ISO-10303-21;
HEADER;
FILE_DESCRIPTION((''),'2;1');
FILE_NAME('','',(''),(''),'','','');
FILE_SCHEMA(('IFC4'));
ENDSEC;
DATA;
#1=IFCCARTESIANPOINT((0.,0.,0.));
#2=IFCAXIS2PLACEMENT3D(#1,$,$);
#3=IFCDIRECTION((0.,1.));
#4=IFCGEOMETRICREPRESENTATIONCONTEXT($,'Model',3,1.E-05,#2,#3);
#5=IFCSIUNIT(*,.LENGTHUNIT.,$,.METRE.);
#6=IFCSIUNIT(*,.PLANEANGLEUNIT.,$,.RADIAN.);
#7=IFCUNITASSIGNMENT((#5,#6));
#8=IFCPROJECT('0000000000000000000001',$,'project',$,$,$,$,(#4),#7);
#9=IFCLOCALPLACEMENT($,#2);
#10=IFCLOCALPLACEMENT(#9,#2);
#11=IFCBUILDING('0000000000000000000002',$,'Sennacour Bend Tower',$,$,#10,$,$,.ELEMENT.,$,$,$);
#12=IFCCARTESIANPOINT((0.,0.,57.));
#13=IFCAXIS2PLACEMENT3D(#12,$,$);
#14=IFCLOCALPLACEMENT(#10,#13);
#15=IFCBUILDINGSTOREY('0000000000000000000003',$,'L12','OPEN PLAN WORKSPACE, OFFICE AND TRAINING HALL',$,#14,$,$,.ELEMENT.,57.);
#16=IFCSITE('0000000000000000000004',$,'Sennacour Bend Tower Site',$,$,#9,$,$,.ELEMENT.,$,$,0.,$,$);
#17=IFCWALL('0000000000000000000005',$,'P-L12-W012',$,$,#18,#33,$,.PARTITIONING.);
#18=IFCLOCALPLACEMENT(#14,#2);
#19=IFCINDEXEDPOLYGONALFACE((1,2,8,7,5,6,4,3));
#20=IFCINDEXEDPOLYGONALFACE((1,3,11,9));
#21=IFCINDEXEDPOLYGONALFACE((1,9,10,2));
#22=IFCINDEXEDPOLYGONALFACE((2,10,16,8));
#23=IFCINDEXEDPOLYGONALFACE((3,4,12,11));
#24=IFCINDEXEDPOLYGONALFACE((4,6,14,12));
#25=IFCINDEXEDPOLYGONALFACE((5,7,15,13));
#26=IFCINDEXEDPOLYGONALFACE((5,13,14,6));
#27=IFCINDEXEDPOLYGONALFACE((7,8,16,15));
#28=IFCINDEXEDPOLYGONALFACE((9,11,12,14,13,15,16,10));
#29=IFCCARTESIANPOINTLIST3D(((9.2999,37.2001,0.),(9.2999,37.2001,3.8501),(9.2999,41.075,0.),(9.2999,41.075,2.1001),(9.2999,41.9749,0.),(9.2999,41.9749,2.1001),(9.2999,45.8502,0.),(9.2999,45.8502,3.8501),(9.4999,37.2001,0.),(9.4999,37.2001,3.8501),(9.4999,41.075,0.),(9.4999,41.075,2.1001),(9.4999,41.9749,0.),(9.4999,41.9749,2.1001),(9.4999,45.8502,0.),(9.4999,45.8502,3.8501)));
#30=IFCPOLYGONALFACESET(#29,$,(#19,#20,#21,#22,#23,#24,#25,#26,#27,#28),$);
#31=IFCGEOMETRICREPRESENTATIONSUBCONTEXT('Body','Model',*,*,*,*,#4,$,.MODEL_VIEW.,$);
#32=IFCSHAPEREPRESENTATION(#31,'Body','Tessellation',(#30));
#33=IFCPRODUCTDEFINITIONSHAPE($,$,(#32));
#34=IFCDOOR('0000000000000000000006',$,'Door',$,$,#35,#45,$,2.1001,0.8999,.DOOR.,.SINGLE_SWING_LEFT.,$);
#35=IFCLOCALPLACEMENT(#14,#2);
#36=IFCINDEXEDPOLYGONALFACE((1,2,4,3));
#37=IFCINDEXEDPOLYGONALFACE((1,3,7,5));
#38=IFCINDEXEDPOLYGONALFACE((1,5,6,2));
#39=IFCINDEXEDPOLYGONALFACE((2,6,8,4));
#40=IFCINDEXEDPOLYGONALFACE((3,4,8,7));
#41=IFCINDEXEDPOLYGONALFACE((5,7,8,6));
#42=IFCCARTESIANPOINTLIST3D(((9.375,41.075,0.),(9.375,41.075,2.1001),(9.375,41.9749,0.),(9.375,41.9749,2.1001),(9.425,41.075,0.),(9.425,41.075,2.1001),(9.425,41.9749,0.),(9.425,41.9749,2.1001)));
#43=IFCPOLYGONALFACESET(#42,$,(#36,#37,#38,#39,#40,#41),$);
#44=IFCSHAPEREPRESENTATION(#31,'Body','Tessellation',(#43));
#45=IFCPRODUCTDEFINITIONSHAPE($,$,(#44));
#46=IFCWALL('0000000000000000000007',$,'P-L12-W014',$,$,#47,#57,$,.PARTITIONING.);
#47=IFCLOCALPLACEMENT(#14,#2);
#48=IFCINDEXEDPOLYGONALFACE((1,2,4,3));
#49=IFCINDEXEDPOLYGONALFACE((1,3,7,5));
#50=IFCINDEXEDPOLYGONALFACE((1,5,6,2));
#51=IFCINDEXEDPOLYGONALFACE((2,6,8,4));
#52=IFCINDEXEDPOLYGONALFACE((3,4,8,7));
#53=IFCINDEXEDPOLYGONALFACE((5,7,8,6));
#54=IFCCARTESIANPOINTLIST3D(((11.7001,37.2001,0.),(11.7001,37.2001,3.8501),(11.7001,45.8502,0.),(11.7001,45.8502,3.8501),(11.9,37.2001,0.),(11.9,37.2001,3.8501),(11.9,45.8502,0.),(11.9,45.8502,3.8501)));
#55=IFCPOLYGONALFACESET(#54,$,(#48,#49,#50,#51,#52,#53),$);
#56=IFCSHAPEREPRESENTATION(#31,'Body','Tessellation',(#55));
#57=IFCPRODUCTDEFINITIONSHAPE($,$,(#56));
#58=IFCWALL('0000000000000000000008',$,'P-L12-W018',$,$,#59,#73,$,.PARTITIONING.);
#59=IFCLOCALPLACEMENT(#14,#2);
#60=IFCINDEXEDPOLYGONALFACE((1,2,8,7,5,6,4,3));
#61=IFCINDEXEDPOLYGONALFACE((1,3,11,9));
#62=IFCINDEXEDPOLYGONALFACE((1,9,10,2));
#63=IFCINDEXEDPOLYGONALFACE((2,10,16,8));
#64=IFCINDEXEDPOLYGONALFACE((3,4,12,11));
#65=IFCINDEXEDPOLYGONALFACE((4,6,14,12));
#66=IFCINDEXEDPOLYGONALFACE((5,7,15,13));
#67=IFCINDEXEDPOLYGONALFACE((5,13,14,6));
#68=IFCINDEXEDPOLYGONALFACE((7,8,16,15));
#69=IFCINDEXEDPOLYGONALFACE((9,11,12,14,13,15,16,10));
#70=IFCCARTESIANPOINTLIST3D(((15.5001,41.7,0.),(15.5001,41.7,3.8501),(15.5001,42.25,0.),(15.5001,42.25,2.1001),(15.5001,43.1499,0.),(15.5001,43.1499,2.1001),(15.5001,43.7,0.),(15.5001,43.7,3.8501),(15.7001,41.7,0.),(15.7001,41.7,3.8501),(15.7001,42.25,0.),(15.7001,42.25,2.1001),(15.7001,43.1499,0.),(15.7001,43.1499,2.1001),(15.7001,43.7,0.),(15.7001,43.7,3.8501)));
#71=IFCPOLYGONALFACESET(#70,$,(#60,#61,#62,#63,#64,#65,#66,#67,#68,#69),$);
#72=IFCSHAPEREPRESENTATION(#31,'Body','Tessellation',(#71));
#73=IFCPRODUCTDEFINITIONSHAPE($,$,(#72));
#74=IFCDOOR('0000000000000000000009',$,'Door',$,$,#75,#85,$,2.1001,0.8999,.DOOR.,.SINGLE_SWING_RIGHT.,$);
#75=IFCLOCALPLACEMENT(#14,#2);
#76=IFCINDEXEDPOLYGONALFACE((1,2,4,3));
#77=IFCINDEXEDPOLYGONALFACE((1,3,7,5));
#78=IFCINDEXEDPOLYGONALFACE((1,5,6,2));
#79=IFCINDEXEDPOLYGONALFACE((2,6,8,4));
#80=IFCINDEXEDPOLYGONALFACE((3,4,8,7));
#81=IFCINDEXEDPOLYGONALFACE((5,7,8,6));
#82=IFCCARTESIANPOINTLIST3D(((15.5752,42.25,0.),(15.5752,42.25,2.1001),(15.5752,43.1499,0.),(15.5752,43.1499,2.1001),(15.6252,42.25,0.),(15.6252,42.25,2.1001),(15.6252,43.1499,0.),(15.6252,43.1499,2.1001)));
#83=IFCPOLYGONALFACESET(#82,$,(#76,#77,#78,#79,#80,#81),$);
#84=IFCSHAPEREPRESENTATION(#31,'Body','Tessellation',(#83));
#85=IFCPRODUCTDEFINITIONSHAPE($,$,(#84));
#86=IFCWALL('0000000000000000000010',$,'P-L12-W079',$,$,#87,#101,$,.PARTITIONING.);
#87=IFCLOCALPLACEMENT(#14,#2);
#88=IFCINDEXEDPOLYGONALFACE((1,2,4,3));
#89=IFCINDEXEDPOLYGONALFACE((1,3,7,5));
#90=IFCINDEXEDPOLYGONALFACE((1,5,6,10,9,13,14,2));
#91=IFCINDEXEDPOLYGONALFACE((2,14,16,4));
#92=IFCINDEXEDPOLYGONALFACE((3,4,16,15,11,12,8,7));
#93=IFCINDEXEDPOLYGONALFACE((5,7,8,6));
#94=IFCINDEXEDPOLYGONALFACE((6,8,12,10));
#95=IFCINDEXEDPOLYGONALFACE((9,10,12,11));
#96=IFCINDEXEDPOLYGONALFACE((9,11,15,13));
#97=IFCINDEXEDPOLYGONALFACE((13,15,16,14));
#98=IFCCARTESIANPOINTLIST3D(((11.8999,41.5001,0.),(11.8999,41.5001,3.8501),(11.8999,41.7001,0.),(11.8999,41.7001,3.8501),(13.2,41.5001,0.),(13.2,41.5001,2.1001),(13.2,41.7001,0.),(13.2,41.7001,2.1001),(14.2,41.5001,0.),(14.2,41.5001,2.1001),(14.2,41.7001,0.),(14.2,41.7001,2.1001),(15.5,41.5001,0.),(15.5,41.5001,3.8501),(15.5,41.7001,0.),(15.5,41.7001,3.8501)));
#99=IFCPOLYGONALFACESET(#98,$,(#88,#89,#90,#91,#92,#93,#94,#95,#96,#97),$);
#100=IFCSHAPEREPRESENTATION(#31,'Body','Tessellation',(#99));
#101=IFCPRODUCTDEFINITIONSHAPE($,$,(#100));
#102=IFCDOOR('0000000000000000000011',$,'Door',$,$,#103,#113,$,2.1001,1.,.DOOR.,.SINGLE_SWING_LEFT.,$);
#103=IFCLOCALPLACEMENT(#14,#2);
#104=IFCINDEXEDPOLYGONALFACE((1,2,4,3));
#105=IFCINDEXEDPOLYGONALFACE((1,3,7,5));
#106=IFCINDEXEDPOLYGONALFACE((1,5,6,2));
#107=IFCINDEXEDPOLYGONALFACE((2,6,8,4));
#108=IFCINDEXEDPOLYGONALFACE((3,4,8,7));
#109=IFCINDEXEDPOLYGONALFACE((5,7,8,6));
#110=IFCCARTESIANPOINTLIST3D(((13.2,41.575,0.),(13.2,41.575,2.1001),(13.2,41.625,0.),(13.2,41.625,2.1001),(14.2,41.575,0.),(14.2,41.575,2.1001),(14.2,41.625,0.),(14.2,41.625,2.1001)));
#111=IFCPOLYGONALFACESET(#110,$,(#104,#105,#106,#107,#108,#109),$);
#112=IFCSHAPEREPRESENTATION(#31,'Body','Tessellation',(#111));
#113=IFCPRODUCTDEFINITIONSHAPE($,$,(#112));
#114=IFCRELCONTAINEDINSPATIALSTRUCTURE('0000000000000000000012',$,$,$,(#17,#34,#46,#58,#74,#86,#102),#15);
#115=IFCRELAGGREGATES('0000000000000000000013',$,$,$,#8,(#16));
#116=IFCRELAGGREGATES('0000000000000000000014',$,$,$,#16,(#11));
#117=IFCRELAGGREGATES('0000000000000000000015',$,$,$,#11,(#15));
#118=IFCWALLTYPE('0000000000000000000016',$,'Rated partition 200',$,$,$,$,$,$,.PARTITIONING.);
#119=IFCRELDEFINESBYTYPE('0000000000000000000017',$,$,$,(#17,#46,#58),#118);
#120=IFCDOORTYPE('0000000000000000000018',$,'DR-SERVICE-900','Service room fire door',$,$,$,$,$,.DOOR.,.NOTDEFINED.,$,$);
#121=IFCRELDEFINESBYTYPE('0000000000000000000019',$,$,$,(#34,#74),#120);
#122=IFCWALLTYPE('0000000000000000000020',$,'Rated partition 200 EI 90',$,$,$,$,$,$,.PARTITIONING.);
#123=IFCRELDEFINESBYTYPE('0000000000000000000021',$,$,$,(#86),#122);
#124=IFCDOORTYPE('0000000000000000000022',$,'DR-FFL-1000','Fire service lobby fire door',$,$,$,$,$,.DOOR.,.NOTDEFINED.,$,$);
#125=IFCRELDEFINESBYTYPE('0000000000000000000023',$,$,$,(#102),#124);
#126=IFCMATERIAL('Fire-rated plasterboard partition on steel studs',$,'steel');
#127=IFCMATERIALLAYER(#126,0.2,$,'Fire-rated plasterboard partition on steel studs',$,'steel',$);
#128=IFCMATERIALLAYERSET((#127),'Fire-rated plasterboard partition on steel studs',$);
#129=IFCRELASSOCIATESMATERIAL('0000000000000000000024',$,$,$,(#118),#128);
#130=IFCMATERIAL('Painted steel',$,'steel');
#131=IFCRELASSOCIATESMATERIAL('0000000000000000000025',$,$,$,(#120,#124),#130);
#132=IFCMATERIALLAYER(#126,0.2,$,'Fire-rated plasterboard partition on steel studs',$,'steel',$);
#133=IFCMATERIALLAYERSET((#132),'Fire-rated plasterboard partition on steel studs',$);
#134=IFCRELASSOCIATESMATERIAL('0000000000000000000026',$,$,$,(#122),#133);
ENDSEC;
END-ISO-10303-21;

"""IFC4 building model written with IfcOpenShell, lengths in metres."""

from ifc_helpers import new_model, si_unit, direction, frame, frame_2d, origin, place, context, subcontext, project, spatial, rectangle, extrude, material, layer, layer_set, type_object, element, fill, save


model = new_model("IFC4")

# Units and contexts
model_context = context("Model", 3, precision=1e-05, world=origin(), true_north=direction((0.0, 1.0)))
body_context = subcontext(model_context, "Body", "Model", "MODEL_VIEW")
ifc_project = project(units=[si_unit("LENGTHUNIT", "METRE"), si_unit("PLANEANGLEUNIT", "RADIAN")], contexts=[model_context])

# Site, building, storey
site_placement = place(None, origin())
site = spatial("IfcSite", under=ifc_project, at=site_placement, Name="Sennacour Bend Tower Site", CompositionType="ELEMENT", RefElevation=0.0)
building_placement = place(site_placement, origin())
building = spatial("IfcBuilding", under=site, at=building_placement, Name="Sennacour Bend Tower", CompositionType="ELEMENT")
storey_placement = place(building_placement, frame((0.0, 0.0, 57.0)))
storey = spatial("IfcBuildingStorey", under=building, at=storey_placement, Name="L12", Description="OPEN PLAN WORKSPACE, OFFICE AND TRAINING HALL", CompositionType="ELEMENT", Elevation=57.0)

# Wall, opening, door
ifc_material_1 = material(Name="Fire-rated plasterboard partition on steel studs", Category="steel")
ifc_layer_1 = layer(ifc_material_1, 0.2, Name="Fire-rated plasterboard partition on steel studs", Category="steel")
ifc_layer_set_1 = layer_set([ifc_layer_1], Name="Fire-rated plasterboard partition on steel studs")
wall_type_1 = type_object("IfcWallType", Name="Rated partition 200", PredefinedType="PARTITIONING", material=ifc_layer_set_1)
wall_1_placement = place(storey_placement, frame((9.3999, 37.2, 0.0), z_axis=(0.0, 0.0, 1.0), x_axis=(0.0, 1.0, 0.0)))
wall_1 = element("IfcWall", 1, at=wall_1_placement, inside=storey, type_object=wall_type_1, Name="P-L12-W012", PredefinedType="PARTITIONING", context=body_context, shape_type="SweptSolid", body=[
    extrude(rectangle(XDim=8.6501, YDim=0.2, at=frame_2d((4.3252, 0.0))), origin(), (0.0, 0.0, 1.0), 3.8501),
])
opening_1_placement = place(wall_1_placement, frame((3.875, 0.0, 0.0)))
opening_1 = element("IfcOpeningElement", 2, at=opening_1_placement, cuts=wall_1, PredefinedType="OPENING", context=body_context, shape_type="SweptSolid", body=[
    extrude(rectangle(XDim=0.8999, YDim=2.1001, at=frame_2d((0.45, 1.05))), frame((0.0, 0.1099, 0.0), z_axis=(0.0, -1.0, 0.0), x_axis=(1.0, 0.0, 0.0)), (0.0, 0.0, 1.0), 0.22),
])
ifc_material_2 = material(Name="Painted steel", Category="steel")
door_type_1 = type_object("IfcDoorType", Name="DR-SERVICE-900", Description="Service room fire door", OperationType="NOTDEFINED", PredefinedType="DOOR", material=ifc_material_2)
door_1_placement = place(opening_1_placement, origin())
door_1 = element("IfcDoor", 3, at=door_1_placement, inside=storey, type_object=door_type_1, Name="Door", OperationType="SINGLE_SWING_LEFT", OverallHeight=2.1001, OverallWidth=0.8999, PredefinedType="DOOR", context=body_context, shape_type="SweptSolid", body=[
    extrude(rectangle(XDim=0.8999, YDim=2.1001, at=frame_2d((0.45, 1.05))), frame((0.0, 0.0249, 0.0), z_axis=(0.0, -1.0, 0.0), x_axis=(1.0, 0.0, 0.0)), (0.0, 0.0, 1.0), 0.05),
])
fill(opening_1, door_1)

# Wall
wall_2_placement = place(storey_placement, frame((11.8, 37.2, 0.0), z_axis=(0.0, 0.0, 1.0), x_axis=(0.0, 1.0, 0.0)))
element("IfcWall", 4, at=wall_2_placement, inside=storey, type_object=wall_type_1, Name="P-L12-W014", PredefinedType="PARTITIONING", context=body_context, shape_type="SweptSolid", body=[
    extrude(rectangle(XDim=8.6501, YDim=0.2, at=frame_2d((4.3252, 0.0))), origin(), (0.0, 0.0, 1.0), 3.8501),
])

# Walls, openings, doors
wall_3_placement = place(storey_placement, frame((15.6001, 41.7, 0.0), z_axis=(0.0, 0.0, 1.0), x_axis=(0.0, 1.0, 0.0)))
wall_3 = element("IfcWall", 5, at=wall_3_placement, inside=storey, type_object=wall_type_1, Name="P-L12-W018", PredefinedType="PARTITIONING", context=body_context, shape_type="SweptSolid", body=[
    extrude(rectangle(XDim=2.0, YDim=0.2, at=frame_2d((1.0, 0.0))), origin(), (0.0, 0.0, 1.0), 3.8501),
])
opening_2_placement = place(wall_3_placement, frame((0.55, 0.0, 0.0)))
opening_2 = element("IfcOpeningElement", 6, at=opening_2_placement, cuts=wall_3, PredefinedType="OPENING", context=body_context, shape_type="SweptSolid", body=[
    extrude(rectangle(XDim=0.8999, YDim=2.1001, at=frame_2d((0.45, 1.05))), frame((0.0, 0.1099, 0.0), z_axis=(0.0, -1.0, 0.0), x_axis=(1.0, 0.0, 0.0)), (0.0, 0.0, 1.0), 0.22),
])
door_2_placement = place(opening_2_placement, origin())
door_2 = element("IfcDoor", 7, at=door_2_placement, inside=storey, type_object=door_type_1, Name="Door", OperationType="SINGLE_SWING_RIGHT", OverallHeight=2.1001, OverallWidth=0.8999, PredefinedType="DOOR", context=body_context, shape_type="SweptSolid", body=[
    extrude(rectangle(XDim=0.8999, YDim=2.1001, at=frame_2d((0.45, 1.05))), frame((0.0, 0.0249, 0.0), z_axis=(0.0, -1.0, 0.0), x_axis=(1.0, 0.0, 0.0)), (0.0, 0.0, 1.0), 0.05),
])
fill(opening_2, door_2)
ifc_layer_2 = layer(ifc_material_1, 0.2, Name="Fire-rated plasterboard partition on steel studs", Category="steel")
ifc_layer_set_2 = layer_set([ifc_layer_2], Name="Fire-rated plasterboard partition on steel studs")
wall_type_2 = type_object("IfcWallType", Name="Rated partition 200 EI 90", PredefinedType="PARTITIONING", material=ifc_layer_set_2)
wall_4_placement = place(storey_placement, frame((11.8999, 41.6001, 0.0), z_axis=(0.0, 0.0, 1.0), x_axis=(1.0, 0.0, 0.0)))
wall_4 = element("IfcWall", 8, at=wall_4_placement, inside=storey, type_object=wall_type_2, Name="P-L12-W079", PredefinedType="PARTITIONING", context=body_context, shape_type="SweptSolid", body=[
    extrude(rectangle(XDim=3.6001, YDim=0.2, at=frame_2d((1.8, 0.0))), origin(), (0.0, 0.0, 1.0), 3.8501),
])
opening_3_placement = place(wall_4_placement, frame((1.3, 0.0, 0.0)))
opening_3 = element("IfcOpeningElement", 9, at=opening_3_placement, cuts=wall_4, PredefinedType="OPENING", context=body_context, shape_type="SweptSolid", body=[
    extrude(rectangle(XDim=1.0, YDim=2.1001, at=frame_2d((0.5, 1.05))), frame((0.0, 0.1099, 0.0), z_axis=(0.0, -1.0, 0.0), x_axis=(1.0, 0.0, 0.0)), (0.0, 0.0, 1.0), 0.22),
])
door_type_2 = type_object("IfcDoorType", Name="DR-FFL-1000", Description="Fire service lobby fire door", OperationType="NOTDEFINED", PredefinedType="DOOR", material=ifc_material_2)
door_3_placement = place(opening_3_placement, origin())
door_3 = element("IfcDoor", 10, at=door_3_placement, inside=storey, type_object=door_type_2, Name="Door", OperationType="SINGLE_SWING_LEFT", OverallHeight=2.1001, OverallWidth=1.0, PredefinedType="DOOR", context=body_context, shape_type="SweptSolid", body=[
    extrude(rectangle(XDim=1.0, YDim=2.1001, at=frame_2d((0.5, 1.05))), frame((0.0, 0.0249, 0.0), z_axis=(0.0, -1.0, 0.0), x_axis=(1.0, 0.0, 0.0)), (0.0, 0.0, 1.0), 0.05),
])
fill(opening_3, door_3)

save(model, "model.ifc")
